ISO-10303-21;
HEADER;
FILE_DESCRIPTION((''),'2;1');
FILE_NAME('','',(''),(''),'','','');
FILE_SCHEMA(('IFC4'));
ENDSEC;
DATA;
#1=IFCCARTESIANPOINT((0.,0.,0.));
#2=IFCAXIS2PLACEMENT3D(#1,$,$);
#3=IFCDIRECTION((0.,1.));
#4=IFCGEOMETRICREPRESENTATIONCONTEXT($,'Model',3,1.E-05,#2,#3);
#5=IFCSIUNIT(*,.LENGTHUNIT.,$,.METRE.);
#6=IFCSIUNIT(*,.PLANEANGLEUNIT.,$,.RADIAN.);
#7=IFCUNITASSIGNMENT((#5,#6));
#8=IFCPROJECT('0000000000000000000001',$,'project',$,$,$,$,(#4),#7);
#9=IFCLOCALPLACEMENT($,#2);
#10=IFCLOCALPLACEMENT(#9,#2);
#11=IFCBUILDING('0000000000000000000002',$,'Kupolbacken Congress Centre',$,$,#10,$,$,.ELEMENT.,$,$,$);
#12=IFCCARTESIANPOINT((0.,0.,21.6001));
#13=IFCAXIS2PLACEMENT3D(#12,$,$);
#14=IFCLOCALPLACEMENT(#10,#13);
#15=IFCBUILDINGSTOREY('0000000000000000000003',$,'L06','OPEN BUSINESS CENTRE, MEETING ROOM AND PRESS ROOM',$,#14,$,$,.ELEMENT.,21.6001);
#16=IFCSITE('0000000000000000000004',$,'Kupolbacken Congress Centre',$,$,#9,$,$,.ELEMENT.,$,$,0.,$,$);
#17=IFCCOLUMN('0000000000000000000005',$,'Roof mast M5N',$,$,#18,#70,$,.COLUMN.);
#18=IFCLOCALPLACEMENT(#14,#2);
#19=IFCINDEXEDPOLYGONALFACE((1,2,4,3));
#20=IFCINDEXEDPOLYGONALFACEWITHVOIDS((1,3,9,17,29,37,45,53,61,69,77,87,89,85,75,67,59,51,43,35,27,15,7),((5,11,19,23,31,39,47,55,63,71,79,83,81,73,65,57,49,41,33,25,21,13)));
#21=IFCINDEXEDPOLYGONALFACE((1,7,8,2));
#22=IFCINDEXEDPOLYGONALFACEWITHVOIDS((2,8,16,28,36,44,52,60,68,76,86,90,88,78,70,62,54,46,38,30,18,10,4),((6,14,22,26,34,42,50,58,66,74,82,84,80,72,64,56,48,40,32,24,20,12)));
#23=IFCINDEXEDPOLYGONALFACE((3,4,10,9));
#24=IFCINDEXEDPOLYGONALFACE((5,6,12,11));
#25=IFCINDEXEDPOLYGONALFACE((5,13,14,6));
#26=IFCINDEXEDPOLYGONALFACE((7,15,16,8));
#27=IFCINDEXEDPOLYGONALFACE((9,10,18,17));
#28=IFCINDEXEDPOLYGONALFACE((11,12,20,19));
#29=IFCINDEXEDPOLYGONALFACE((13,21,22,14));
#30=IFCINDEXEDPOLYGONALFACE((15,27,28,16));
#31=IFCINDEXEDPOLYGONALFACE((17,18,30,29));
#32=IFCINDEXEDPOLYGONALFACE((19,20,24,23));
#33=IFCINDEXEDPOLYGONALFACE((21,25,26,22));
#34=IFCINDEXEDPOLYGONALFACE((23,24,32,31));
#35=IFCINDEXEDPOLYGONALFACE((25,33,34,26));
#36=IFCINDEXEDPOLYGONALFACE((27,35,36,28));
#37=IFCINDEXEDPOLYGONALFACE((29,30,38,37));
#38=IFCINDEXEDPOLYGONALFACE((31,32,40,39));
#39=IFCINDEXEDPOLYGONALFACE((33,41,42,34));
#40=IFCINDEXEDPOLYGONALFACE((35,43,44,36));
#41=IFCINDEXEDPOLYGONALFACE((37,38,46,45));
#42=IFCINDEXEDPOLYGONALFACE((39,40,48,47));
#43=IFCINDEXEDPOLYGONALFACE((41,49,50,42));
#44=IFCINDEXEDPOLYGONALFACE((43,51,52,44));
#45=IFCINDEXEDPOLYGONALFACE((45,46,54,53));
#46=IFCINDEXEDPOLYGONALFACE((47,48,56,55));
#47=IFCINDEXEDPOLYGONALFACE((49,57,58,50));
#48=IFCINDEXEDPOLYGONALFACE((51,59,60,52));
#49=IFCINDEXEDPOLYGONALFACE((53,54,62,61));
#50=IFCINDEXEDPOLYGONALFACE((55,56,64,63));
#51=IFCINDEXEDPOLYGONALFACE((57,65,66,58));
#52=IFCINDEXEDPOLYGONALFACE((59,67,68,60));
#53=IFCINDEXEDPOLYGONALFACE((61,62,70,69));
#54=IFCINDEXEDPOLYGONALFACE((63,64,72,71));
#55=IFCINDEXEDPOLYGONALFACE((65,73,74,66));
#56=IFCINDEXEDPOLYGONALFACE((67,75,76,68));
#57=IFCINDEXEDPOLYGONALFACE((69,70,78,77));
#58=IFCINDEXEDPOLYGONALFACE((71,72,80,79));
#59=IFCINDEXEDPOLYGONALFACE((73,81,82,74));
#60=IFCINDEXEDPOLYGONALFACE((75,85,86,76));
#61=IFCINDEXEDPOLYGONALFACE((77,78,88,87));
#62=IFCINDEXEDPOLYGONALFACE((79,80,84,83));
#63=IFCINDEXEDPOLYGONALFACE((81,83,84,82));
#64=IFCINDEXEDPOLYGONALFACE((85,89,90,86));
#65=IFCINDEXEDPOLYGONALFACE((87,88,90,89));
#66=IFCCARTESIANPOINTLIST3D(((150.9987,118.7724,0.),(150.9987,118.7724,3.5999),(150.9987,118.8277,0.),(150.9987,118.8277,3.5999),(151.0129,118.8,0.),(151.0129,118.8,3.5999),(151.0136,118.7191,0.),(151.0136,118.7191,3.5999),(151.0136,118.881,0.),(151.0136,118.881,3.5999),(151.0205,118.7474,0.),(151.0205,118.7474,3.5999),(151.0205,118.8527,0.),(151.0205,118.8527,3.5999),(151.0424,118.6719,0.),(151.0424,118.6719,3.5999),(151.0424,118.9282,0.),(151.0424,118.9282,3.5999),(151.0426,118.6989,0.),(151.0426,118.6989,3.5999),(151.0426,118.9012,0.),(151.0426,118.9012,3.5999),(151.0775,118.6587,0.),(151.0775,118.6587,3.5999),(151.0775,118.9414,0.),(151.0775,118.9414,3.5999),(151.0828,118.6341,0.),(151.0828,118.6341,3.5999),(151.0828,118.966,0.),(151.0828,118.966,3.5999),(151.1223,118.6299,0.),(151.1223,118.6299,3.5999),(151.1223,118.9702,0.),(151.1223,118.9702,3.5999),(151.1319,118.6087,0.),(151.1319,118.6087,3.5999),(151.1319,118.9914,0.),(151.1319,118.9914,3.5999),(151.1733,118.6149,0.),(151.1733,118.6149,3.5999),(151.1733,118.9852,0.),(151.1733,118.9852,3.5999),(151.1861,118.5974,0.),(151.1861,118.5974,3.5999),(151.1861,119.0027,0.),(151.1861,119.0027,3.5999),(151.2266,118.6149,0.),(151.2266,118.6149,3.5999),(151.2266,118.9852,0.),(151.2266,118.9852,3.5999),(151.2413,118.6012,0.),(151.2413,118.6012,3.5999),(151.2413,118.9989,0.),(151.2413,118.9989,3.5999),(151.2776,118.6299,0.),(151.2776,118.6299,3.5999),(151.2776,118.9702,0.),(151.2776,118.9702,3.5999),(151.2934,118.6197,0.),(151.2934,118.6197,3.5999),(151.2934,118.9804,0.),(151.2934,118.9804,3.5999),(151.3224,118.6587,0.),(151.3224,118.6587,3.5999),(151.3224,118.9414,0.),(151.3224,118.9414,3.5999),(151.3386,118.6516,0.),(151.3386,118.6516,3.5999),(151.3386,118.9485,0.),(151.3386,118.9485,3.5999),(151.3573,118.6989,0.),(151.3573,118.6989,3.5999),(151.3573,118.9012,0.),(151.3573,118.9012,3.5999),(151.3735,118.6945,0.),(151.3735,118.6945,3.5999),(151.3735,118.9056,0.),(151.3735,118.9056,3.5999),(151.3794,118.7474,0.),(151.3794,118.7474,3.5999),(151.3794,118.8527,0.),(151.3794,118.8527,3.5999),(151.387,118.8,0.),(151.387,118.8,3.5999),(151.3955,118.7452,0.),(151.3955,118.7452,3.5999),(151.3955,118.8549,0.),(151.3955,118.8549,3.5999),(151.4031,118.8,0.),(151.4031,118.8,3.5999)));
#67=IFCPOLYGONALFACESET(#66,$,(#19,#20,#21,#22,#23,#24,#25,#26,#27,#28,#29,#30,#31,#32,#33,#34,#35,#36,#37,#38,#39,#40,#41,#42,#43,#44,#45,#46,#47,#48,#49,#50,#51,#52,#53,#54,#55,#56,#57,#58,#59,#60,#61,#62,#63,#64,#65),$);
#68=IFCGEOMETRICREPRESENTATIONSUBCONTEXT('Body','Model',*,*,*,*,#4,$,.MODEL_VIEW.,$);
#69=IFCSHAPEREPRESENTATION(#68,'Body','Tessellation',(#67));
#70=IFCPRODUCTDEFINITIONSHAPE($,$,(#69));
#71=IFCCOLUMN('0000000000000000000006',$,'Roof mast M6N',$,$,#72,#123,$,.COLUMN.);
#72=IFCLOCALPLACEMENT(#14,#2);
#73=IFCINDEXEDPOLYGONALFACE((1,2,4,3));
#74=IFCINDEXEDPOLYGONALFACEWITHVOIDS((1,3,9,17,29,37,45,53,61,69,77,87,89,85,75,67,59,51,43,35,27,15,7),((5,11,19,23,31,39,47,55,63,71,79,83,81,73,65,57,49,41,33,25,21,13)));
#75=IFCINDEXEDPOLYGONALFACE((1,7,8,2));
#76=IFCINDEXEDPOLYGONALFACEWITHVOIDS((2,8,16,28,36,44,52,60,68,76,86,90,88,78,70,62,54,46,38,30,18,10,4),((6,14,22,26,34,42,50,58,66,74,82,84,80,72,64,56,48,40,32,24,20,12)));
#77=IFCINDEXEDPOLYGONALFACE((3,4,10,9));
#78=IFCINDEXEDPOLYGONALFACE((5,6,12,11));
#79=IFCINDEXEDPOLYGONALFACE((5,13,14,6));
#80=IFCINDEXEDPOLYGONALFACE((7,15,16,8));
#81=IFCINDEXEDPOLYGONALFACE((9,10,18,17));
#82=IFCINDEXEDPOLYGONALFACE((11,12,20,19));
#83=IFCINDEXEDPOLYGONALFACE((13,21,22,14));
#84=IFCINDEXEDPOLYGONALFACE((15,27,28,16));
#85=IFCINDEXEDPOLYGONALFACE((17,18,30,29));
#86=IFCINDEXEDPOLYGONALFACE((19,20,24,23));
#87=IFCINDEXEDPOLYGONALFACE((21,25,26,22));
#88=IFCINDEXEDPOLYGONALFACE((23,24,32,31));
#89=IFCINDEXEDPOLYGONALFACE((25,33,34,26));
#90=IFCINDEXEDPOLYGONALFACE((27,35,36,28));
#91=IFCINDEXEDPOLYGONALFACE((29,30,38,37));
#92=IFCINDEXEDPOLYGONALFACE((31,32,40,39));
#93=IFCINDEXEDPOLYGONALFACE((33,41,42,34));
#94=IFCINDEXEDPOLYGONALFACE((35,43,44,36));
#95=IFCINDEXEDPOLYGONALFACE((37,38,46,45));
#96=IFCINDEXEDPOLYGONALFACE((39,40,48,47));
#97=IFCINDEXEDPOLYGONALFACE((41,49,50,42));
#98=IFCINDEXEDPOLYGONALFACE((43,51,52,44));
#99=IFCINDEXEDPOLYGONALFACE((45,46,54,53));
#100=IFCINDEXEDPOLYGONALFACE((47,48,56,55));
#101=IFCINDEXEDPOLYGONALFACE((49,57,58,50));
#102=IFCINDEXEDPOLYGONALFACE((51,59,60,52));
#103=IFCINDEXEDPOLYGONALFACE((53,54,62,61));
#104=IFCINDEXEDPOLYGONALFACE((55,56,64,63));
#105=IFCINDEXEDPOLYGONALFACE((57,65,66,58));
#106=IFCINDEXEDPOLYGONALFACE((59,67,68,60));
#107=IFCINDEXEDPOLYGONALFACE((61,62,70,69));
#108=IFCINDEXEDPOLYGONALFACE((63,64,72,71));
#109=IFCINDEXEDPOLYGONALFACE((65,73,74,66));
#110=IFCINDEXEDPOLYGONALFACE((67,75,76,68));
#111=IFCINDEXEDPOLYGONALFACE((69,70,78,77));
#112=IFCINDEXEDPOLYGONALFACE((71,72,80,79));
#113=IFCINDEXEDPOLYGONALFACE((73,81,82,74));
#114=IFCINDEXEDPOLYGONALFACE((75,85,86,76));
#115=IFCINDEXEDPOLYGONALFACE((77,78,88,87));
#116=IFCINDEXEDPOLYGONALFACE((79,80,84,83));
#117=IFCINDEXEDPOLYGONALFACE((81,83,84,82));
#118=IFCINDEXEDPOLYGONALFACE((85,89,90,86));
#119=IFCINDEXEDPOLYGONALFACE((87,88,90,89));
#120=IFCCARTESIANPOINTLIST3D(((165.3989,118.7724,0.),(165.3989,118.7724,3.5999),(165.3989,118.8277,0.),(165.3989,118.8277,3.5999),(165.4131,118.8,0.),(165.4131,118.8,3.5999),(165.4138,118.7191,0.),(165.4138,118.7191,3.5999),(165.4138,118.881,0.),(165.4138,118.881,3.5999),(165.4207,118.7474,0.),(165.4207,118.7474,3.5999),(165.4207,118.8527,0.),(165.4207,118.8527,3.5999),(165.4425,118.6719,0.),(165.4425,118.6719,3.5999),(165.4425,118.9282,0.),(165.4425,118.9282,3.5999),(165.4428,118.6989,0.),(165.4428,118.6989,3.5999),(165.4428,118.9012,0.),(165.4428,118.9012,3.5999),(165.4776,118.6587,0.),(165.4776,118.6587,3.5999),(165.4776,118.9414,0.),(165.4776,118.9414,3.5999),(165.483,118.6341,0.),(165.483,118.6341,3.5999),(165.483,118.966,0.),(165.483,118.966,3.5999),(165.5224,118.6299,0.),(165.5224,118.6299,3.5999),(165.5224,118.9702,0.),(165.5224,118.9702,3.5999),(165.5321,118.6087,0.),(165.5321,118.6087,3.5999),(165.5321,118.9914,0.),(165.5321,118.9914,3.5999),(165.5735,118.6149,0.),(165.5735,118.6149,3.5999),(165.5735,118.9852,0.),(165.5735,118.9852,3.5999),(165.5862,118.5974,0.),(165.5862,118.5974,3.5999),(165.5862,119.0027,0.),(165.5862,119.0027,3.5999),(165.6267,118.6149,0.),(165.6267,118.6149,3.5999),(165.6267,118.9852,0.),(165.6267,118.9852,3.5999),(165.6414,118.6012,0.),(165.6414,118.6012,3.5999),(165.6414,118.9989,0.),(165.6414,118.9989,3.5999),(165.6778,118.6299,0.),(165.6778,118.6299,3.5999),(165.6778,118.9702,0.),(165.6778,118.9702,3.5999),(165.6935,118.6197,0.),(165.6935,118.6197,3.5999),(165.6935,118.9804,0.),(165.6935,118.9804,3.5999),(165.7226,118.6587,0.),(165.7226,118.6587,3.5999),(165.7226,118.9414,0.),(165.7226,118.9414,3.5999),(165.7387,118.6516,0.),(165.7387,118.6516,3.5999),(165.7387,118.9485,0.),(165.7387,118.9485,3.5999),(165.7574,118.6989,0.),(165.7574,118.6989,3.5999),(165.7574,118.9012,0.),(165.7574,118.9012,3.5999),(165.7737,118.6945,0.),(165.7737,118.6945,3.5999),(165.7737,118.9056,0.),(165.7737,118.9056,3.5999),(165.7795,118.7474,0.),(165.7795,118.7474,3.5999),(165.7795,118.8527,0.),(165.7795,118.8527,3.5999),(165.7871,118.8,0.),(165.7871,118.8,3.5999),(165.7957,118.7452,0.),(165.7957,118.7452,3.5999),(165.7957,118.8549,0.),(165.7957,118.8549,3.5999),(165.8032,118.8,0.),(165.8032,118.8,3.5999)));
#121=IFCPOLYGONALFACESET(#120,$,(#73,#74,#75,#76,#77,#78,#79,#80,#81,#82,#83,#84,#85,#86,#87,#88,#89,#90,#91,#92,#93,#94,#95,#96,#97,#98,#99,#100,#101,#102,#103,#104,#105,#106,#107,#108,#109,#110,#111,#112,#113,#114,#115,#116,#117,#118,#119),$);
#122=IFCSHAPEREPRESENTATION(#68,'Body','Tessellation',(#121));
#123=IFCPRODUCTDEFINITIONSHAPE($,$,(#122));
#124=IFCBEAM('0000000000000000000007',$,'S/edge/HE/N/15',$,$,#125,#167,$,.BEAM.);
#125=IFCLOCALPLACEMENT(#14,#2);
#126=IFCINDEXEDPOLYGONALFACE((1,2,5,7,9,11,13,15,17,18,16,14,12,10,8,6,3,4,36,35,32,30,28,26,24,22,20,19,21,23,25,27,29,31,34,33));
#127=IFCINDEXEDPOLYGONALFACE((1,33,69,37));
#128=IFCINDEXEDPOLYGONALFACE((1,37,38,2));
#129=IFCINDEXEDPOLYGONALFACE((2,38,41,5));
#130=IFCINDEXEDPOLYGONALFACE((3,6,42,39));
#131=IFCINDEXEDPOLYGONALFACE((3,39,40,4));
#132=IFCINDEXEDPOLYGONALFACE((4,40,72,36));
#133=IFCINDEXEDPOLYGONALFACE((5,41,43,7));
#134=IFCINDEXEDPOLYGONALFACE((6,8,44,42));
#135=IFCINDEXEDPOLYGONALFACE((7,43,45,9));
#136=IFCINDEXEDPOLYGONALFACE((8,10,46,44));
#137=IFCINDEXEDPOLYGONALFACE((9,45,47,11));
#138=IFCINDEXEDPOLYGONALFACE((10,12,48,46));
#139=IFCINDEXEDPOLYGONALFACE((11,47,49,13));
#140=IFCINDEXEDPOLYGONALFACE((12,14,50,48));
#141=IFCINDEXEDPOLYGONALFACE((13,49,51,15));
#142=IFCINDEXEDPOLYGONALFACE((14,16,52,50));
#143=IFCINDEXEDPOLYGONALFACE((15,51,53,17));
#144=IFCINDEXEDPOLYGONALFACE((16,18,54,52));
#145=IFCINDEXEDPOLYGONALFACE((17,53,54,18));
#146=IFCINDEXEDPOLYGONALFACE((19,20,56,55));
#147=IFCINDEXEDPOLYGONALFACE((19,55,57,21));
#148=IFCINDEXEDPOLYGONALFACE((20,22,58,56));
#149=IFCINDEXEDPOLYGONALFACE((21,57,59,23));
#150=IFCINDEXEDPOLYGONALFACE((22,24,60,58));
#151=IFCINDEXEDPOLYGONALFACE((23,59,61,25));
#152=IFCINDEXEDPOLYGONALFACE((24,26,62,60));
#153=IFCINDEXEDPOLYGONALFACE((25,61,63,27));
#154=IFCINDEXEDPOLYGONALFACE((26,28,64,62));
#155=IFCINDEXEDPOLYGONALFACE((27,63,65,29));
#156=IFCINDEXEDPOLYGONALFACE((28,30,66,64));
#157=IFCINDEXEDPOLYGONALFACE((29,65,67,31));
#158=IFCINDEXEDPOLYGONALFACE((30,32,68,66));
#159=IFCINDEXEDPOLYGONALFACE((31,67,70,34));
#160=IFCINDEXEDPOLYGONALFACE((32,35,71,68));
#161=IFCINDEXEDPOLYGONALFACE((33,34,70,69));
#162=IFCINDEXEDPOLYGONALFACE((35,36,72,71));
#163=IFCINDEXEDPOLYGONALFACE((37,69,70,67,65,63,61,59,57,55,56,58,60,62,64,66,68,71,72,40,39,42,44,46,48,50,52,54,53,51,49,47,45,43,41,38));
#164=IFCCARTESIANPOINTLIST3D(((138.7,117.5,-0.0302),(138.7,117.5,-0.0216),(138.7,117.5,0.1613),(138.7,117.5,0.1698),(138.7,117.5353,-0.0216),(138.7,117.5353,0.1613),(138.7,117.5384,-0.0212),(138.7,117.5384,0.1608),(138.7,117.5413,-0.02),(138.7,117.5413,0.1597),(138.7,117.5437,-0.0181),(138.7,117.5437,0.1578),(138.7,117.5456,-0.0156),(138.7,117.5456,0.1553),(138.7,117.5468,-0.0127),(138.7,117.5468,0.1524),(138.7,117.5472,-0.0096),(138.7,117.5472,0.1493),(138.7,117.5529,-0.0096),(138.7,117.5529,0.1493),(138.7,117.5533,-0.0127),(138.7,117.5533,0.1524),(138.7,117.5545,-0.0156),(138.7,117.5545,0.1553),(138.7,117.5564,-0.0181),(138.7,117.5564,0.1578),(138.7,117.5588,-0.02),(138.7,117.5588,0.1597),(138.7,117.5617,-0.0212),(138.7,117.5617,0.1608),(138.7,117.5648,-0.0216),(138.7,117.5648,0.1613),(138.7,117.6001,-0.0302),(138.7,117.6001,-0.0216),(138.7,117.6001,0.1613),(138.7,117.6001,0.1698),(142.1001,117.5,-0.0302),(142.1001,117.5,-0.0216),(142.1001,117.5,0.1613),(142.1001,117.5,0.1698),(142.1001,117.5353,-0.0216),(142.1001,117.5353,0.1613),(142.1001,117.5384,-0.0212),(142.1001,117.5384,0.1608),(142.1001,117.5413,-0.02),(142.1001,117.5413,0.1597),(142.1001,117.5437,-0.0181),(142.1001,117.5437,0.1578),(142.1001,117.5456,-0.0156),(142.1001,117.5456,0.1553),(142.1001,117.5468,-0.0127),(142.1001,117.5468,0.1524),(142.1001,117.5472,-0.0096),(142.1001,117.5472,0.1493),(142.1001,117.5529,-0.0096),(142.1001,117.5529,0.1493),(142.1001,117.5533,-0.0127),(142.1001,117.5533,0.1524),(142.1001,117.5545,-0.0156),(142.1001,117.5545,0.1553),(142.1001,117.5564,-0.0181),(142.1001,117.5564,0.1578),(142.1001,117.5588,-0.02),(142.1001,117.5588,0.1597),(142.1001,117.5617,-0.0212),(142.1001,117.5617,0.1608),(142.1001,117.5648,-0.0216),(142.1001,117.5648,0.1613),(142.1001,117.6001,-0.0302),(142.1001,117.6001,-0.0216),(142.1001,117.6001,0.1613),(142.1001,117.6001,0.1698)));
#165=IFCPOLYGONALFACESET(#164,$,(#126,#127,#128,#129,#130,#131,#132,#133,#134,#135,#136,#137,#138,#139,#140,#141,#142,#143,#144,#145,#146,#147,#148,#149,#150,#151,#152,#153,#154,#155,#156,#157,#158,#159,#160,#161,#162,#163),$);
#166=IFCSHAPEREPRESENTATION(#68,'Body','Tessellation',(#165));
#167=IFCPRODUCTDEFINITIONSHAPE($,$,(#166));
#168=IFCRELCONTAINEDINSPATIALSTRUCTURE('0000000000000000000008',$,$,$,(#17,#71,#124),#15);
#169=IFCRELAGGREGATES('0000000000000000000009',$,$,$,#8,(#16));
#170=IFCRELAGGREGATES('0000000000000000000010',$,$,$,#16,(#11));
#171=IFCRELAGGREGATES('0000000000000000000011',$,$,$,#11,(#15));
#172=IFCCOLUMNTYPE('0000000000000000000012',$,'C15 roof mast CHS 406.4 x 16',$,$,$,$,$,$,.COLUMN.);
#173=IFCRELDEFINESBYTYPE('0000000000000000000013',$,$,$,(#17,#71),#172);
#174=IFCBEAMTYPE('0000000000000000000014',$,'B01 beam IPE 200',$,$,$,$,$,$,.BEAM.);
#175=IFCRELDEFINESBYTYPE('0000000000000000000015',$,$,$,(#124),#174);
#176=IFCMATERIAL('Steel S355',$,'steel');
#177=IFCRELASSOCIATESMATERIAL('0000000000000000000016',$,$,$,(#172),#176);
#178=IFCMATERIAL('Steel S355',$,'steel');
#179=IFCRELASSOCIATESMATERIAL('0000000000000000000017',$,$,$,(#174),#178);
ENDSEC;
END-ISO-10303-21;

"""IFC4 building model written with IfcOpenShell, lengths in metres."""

from ifc_helpers import new_model, si_unit, direction, frame, origin, origin_2d, place, context, subcontext, project, spatial, hollow_circle, i_section, extrude, material, material_profile, profile_set, type_object, element, save


model = new_model("IFC4")

# Units and contexts
model_context = context("Model", 3, precision=1e-05, world=origin(), true_north=direction((0.0, 1.0)))
body_context = subcontext(model_context, "Body", "Model", "MODEL_VIEW")
ifc_project = project(units=[si_unit("LENGTHUNIT", "METRE"), si_unit("PLANEANGLEUNIT", "RADIAN")], contexts=[model_context])

# Site, building, storey
site_placement = place(None, origin())
site = spatial("IfcSite", under=ifc_project, at=site_placement, Name="Kupolbacken Congress Centre", CompositionType="ELEMENT", RefElevation=0.0)
building_placement = place(site_placement, origin())
building = spatial("IfcBuilding", under=site, at=building_placement, Name="Kupolbacken Congress Centre", CompositionType="ELEMENT")
storey_placement = place(building_placement, frame((0.0, 0.0, 21.6001)))
storey = spatial("IfcBuildingStorey", under=building, at=storey_placement, Name="L06", Description="OPEN BUSINESS CENTRE, MEETING ROOM AND PRESS ROOM", CompositionType="ELEMENT", Elevation=21.6001)

# Columns
ifc_material_1 = material(Name="Steel S355", Category="steel")
ifc_material_profile_1 = material_profile(ifc_material_1, hollow_circle(Radius=0.2031, WallThickness=0.0161, at=origin_2d()), Name="CHS 406.4 x 16")
ifc_profile_set_1 = profile_set([ifc_material_profile_1], Name="Steel S355")
column_type = type_object("IfcColumnType", Name="C15 roof mast CHS 406.4 x 16", PredefinedType="COLUMN", material=ifc_profile_set_1)
for number, where, z_axis, x_axis, name in (
    (1, (151.2, 118.8, 0.0), (0.0, 0.0, 1.0), (1.0, 0.0, 0.0), "Roof mast M5N"),
    (2, (165.6001, 118.8, 0.0), (0.0, 0.0, 1.0), (1.0, 0.0, 0.0), "Roof mast M6N"),
):
    element("IfcColumn", number, at=place(storey_placement, frame(where, z_axis=z_axis, x_axis=x_axis)), inside=storey, type_object=column_type, Name=name, PredefinedType="COLUMN", context=body_context, shape_type="SweptSolid", body=[
        extrude(hollow_circle(Radius=0.2031, WallThickness=0.0161, at=origin_2d()), origin(), (0.0, 0.0, 1.0), 3.5999),
    ])

# Beam
ifc_material_2 = material(Name="Steel S355", Category="steel")
ifc_material_profile_2 = material_profile(ifc_material_2, i_section(OverallWidth=0.1001, OverallDepth=0.2, WebThickness=0.0056, FlangeThickness=0.0085, FilletRadius=0.012, at=origin_2d()), Name="IPE 200")
ifc_profile_set_2 = profile_set([ifc_material_profile_2], Name="Steel S355")
beam_type_1 = type_object("IfcBeamType", Name="B01 beam IPE 200", PredefinedType="BEAM", material=ifc_profile_set_2)
beam_1_placement = place(storey_placement, frame((138.7, 117.55, 0.0698), z_axis=(1.0, 0.0, 0.0), x_axis=(0.0, 1.0, 0.0)))
element("IfcBeam", 3, at=beam_1_placement, inside=storey, type_object=beam_type_1, Name="S/edge/HE/N/15", PredefinedType="BEAM", context=body_context, shape_type="SweptSolid", body=[
    extrude(i_section(OverallWidth=0.1001, OverallDepth=0.2, WebThickness=0.0056, FlangeThickness=0.0085, FilletRadius=0.012, at=origin_2d()), origin(), (0.0, 0.0, 1.0), 3.4001),
])

save(model, "model.ifc")
